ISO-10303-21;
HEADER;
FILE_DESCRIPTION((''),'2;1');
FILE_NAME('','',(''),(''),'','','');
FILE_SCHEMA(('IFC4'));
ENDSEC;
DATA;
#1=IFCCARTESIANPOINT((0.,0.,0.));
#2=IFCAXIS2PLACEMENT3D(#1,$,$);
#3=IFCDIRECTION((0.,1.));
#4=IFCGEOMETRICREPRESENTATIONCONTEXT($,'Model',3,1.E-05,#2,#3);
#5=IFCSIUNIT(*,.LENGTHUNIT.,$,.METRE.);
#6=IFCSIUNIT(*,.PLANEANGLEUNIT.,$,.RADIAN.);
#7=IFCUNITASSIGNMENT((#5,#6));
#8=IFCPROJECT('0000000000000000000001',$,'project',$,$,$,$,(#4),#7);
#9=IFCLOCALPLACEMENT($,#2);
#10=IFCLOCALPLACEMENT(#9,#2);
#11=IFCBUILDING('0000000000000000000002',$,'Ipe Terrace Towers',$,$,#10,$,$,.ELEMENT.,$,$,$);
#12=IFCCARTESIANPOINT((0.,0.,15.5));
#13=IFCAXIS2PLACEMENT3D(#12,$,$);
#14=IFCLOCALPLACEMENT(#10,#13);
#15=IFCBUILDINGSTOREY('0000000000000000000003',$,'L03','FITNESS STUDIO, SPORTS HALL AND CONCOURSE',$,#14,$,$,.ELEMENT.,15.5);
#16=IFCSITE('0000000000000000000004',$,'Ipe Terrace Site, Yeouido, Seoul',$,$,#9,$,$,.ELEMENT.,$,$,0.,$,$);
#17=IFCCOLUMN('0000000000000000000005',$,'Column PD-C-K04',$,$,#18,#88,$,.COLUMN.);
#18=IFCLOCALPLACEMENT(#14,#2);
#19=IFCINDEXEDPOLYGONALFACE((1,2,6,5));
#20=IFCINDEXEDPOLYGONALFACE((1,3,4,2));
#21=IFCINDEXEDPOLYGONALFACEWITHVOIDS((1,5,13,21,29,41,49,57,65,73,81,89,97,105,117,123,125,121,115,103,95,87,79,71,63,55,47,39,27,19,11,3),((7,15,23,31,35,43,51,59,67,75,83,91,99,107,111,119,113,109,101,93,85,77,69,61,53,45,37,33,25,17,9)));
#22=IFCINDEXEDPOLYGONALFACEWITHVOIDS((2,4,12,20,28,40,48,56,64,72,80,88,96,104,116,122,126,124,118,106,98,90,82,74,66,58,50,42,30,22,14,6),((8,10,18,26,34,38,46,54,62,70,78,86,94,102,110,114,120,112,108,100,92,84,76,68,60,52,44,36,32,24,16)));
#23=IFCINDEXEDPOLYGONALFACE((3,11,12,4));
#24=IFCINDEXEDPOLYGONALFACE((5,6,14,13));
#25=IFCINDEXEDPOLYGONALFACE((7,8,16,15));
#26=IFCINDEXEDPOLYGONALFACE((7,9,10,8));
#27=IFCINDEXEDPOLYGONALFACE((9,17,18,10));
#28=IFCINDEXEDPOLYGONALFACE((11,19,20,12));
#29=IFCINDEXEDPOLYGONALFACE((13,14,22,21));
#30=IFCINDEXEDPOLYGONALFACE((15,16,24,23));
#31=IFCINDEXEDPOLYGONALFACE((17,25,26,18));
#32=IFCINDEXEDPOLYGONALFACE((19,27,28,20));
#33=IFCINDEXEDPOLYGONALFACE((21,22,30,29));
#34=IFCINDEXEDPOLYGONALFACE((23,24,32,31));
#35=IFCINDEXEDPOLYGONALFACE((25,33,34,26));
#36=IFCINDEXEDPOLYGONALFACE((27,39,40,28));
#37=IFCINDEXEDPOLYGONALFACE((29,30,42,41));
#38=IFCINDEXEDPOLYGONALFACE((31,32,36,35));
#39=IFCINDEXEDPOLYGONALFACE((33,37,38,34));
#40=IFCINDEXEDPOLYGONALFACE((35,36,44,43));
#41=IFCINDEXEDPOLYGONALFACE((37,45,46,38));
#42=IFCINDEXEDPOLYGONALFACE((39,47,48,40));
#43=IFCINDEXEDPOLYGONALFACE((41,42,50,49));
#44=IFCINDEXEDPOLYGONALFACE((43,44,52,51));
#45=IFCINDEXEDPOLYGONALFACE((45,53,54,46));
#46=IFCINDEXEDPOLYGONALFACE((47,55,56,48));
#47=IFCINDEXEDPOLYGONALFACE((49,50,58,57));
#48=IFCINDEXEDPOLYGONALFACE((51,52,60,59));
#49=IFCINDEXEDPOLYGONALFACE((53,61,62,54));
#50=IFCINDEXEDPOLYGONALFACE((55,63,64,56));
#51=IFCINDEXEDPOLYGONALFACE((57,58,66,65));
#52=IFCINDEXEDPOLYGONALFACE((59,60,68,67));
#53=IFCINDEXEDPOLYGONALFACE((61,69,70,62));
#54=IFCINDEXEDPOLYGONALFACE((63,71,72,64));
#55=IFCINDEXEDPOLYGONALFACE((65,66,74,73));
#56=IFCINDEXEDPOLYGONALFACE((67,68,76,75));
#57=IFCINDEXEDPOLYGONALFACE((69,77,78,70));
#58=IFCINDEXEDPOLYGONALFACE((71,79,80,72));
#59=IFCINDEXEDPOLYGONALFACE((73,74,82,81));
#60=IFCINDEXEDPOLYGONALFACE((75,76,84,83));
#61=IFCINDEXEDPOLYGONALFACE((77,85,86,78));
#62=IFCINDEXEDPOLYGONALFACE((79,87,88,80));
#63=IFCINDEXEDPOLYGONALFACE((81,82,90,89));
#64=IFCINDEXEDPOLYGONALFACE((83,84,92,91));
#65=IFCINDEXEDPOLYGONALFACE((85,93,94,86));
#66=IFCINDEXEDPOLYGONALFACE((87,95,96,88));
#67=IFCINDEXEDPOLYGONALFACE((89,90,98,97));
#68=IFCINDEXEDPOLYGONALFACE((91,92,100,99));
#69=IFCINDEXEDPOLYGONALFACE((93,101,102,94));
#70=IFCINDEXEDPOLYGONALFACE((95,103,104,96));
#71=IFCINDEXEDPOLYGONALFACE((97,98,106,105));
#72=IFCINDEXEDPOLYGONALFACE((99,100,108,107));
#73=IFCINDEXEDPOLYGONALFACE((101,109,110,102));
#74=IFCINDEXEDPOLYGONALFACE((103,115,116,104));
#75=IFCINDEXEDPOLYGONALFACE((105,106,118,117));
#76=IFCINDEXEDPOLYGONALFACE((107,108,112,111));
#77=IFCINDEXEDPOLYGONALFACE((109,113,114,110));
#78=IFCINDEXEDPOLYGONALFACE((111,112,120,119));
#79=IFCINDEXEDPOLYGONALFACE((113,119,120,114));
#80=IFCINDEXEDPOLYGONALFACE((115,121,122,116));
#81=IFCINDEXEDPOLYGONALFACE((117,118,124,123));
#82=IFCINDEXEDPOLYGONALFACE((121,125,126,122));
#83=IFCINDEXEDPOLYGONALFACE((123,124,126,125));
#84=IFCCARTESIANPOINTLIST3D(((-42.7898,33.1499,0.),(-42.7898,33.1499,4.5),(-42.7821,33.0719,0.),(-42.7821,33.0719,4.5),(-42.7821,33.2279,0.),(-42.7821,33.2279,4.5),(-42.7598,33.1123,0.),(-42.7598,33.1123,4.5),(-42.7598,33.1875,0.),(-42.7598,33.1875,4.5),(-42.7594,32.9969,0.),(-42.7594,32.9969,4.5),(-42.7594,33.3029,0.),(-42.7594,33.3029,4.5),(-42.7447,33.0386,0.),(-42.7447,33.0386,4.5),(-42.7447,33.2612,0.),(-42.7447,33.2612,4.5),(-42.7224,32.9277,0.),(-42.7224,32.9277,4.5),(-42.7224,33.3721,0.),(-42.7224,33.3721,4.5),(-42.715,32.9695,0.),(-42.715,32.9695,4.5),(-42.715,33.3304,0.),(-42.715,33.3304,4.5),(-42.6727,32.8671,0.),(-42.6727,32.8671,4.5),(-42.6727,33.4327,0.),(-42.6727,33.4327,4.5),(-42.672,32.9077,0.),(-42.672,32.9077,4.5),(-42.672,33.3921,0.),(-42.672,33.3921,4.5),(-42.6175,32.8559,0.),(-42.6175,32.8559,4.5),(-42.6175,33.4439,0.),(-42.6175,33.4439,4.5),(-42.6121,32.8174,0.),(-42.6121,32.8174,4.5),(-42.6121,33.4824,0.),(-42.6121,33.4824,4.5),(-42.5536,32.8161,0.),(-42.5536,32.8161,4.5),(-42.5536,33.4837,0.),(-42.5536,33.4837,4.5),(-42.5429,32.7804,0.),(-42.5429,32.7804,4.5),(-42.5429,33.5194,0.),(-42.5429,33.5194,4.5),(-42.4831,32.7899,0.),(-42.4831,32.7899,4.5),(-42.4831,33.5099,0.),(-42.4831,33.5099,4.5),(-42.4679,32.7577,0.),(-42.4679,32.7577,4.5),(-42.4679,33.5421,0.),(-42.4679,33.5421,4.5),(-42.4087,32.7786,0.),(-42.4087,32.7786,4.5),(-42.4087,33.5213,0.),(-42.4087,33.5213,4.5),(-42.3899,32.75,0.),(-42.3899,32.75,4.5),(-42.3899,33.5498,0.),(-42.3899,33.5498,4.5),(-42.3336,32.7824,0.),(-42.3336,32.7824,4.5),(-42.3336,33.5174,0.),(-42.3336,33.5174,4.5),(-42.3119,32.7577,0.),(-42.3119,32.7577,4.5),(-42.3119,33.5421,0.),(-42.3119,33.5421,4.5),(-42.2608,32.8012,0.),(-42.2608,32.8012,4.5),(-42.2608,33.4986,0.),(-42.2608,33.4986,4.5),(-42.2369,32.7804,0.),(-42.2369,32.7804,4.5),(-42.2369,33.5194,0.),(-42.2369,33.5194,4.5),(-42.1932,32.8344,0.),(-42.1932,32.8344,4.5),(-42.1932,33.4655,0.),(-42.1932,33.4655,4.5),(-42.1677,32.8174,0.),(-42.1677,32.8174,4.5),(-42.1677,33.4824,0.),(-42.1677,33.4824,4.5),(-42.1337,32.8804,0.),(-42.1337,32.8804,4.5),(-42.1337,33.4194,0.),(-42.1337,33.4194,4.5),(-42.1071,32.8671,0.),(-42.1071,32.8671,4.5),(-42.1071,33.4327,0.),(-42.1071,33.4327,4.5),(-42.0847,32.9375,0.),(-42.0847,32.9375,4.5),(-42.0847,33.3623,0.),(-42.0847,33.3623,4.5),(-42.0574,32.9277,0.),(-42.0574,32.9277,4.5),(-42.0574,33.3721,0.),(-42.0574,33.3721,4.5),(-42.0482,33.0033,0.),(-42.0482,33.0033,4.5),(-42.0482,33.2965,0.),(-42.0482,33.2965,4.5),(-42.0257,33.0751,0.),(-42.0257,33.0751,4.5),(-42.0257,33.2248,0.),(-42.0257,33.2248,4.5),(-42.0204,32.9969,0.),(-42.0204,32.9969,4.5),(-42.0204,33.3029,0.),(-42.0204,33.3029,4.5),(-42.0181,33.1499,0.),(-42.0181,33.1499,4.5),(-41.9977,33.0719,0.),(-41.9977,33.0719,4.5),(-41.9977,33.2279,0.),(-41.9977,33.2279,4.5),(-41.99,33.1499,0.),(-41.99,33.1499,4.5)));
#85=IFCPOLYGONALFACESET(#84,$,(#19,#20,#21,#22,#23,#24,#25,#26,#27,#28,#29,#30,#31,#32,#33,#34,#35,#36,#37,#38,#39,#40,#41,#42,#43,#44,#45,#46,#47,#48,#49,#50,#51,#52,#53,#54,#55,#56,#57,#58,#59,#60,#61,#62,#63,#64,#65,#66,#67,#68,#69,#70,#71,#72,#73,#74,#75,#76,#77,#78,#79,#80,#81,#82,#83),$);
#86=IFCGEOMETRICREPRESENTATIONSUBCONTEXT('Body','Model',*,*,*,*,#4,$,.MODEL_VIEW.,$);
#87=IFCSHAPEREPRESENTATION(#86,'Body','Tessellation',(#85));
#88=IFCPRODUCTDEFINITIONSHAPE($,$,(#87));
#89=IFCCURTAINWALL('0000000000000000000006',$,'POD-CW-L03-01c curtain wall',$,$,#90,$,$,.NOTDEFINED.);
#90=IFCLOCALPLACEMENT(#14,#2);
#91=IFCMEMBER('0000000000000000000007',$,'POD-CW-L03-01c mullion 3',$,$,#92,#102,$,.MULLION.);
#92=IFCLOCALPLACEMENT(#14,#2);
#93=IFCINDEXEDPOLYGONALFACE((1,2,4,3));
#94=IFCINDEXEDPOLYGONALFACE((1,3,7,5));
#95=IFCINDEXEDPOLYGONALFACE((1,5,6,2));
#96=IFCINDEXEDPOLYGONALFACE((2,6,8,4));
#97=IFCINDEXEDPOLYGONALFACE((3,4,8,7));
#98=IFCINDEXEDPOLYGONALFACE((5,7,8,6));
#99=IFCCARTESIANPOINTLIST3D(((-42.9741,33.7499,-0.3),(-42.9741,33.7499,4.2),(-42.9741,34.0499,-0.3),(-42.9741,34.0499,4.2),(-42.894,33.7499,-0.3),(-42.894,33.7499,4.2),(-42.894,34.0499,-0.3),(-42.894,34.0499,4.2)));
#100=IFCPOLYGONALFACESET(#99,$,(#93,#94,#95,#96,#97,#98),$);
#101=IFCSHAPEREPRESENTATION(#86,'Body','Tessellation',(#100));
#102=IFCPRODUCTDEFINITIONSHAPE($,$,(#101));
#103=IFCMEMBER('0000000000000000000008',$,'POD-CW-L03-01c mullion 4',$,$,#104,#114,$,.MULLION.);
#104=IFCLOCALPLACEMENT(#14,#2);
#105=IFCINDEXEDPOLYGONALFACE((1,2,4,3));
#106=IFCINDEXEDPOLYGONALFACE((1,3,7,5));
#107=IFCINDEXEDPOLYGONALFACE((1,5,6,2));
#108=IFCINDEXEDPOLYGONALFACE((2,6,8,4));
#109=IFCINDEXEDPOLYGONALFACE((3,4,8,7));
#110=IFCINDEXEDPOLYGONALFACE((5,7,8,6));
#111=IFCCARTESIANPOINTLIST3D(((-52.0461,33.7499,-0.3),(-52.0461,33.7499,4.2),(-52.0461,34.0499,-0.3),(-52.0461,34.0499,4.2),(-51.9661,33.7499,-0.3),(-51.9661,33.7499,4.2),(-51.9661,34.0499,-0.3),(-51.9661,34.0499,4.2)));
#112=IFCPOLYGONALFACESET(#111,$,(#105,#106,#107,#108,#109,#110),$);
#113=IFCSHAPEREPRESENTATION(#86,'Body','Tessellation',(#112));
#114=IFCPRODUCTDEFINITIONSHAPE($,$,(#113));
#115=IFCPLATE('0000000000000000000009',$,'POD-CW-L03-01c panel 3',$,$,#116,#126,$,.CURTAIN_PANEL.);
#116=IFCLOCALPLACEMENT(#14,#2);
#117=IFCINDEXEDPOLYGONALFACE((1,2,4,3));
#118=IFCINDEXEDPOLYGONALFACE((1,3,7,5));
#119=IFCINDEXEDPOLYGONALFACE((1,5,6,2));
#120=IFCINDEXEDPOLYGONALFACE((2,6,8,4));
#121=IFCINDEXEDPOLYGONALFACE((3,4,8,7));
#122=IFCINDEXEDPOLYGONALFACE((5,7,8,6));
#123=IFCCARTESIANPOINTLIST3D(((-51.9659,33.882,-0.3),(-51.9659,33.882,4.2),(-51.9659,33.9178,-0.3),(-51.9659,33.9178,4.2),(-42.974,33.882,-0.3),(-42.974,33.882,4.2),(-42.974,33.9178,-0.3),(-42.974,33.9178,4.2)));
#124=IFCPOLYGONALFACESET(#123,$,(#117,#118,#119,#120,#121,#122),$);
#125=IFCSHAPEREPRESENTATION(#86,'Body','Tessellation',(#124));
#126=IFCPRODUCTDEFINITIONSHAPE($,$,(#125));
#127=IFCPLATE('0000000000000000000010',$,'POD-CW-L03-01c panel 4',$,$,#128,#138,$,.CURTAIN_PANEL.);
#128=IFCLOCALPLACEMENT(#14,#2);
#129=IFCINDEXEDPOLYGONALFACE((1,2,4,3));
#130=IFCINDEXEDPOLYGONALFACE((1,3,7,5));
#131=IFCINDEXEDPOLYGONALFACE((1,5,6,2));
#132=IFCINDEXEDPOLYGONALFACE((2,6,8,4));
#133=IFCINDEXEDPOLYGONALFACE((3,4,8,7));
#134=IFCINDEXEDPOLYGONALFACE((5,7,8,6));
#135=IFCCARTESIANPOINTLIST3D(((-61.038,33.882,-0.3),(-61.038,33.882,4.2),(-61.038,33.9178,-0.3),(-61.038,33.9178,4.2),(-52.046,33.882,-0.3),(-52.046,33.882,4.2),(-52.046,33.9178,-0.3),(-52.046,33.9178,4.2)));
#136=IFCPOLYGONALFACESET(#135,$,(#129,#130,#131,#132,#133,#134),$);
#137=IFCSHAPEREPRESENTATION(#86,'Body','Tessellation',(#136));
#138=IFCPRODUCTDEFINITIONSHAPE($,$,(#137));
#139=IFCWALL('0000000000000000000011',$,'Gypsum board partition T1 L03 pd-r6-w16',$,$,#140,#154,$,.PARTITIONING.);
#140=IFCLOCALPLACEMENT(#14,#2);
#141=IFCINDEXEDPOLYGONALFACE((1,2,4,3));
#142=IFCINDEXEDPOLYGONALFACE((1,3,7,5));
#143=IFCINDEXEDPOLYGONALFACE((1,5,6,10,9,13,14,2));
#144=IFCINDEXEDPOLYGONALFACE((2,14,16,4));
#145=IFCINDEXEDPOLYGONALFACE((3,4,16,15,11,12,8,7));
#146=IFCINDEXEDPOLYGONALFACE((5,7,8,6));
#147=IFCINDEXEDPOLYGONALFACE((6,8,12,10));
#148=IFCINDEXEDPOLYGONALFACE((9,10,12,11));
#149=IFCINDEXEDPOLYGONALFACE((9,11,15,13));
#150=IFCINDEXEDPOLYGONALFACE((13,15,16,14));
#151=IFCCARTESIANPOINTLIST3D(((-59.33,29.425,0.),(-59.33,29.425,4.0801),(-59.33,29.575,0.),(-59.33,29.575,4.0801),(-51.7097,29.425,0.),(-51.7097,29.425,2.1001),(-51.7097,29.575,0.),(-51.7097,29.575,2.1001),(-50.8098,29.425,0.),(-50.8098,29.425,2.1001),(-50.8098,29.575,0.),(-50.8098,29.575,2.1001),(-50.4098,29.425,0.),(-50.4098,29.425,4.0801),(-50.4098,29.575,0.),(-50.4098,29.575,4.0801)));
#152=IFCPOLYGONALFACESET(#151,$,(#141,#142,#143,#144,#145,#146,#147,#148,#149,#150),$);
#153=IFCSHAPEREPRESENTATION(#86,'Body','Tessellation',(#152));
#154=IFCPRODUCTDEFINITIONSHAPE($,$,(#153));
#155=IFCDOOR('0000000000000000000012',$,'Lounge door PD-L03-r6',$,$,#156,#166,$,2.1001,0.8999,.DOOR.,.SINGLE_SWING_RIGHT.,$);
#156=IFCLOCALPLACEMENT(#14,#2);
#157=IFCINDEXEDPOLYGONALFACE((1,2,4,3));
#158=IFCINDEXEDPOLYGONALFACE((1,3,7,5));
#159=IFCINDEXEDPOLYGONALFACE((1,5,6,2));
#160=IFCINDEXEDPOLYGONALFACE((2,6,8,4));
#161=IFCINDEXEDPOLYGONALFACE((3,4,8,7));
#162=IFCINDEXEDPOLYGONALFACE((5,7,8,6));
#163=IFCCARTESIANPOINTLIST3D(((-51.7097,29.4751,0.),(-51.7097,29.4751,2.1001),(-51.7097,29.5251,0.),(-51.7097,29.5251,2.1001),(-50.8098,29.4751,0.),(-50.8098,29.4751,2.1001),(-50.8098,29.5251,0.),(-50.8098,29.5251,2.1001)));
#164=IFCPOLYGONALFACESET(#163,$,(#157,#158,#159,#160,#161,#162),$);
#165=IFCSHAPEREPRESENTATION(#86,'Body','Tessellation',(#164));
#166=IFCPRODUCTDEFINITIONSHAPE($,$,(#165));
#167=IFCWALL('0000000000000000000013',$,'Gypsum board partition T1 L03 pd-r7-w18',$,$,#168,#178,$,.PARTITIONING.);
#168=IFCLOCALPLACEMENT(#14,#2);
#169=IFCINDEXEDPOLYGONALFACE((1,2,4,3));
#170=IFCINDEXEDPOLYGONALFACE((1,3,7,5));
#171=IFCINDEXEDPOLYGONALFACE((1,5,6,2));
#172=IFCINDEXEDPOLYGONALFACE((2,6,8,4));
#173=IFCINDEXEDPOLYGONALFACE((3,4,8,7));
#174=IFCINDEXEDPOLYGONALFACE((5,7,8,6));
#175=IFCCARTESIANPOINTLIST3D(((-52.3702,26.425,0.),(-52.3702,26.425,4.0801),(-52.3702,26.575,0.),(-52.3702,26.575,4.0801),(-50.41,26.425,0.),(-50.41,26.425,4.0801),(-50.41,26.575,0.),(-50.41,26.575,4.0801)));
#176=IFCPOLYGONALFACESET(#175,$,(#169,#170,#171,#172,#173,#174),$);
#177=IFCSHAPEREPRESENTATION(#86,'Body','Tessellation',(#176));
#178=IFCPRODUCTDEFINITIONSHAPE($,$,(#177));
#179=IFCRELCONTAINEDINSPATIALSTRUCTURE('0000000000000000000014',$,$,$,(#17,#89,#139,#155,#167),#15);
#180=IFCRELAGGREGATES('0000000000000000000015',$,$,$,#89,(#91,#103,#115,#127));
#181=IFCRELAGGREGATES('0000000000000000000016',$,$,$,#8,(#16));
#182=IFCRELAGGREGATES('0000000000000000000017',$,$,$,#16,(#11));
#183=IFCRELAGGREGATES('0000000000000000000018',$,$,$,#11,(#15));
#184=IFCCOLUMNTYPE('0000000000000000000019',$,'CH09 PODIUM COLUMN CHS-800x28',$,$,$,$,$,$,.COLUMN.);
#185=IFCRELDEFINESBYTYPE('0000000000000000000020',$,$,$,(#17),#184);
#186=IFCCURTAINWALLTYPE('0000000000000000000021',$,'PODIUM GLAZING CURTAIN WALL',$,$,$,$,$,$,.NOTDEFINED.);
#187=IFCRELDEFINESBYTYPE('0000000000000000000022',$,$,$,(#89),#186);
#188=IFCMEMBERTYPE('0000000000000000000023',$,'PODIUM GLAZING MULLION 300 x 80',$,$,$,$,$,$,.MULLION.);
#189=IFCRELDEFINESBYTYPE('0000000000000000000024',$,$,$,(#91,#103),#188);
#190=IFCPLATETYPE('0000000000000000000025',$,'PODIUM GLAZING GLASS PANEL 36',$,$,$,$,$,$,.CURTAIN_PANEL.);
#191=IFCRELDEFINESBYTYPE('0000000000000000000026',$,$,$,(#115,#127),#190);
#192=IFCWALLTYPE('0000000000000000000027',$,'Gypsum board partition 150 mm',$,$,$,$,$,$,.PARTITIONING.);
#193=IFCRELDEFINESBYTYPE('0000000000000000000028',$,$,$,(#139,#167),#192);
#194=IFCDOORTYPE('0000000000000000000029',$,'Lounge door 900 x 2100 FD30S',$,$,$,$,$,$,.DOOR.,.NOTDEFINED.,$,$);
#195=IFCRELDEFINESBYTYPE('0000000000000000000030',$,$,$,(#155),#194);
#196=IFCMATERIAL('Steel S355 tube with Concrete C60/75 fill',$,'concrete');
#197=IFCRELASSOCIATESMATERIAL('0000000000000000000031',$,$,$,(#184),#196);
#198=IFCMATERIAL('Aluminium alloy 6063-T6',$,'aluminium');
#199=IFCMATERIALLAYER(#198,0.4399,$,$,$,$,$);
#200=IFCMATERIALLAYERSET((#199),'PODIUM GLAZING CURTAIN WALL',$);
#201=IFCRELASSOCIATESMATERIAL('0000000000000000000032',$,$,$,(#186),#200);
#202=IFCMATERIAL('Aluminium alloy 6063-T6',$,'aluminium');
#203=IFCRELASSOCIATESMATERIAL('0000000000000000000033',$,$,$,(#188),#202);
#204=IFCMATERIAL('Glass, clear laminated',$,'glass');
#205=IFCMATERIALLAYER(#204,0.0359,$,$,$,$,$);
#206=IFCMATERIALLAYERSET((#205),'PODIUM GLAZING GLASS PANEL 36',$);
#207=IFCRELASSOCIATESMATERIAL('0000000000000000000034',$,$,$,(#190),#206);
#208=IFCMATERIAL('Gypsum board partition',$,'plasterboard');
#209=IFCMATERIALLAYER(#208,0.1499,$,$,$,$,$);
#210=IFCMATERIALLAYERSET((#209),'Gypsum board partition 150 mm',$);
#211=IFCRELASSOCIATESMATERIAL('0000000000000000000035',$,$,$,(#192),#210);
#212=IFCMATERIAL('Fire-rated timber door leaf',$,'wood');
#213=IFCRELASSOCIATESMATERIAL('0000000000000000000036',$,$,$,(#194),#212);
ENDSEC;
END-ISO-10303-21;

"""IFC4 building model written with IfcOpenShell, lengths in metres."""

from ifc_helpers import new_model, si_unit, direction, frame, frame_2d, origin, origin_2d, place, context, subcontext, project, spatial, rectangle, hollow_circle, extrude, material, layer, layer_set, material_profile, profile_set, type_object, element, fill, aggregate, save


model = new_model("IFC4")

# Units and contexts
model_context = context("Model", 3, precision=1e-05, world=origin(), true_north=direction((0.0, 1.0)))
body_context = subcontext(model_context, "Body", "Model", "MODEL_VIEW")
ifc_project = project(units=[si_unit("LENGTHUNIT", "METRE"), si_unit("PLANEANGLEUNIT", "RADIAN")], contexts=[model_context])

# Site, building, storey
site_placement = place(None, origin())
site = spatial("IfcSite", under=ifc_project, at=site_placement, Name="Ipe Terrace Site, Yeouido, Seoul", CompositionType="ELEMENT", RefElevation=0.0)
building_placement = place(site_placement, origin())
building = spatial("IfcBuilding", under=site, at=building_placement, Name="Ipe Terrace Towers", CompositionType="ELEMENT")
storey_placement = place(building_placement, frame((0.0, 0.0, 15.5)))
storey = spatial("IfcBuildingStorey", under=building, at=storey_placement, Name="L03", Description="FITNESS STUDIO, SPORTS HALL AND CONCOURSE", CompositionType="ELEMENT", Elevation=15.5)

# Column
ifc_material_1 = material(Name="Steel S355 tube with Concrete C60/75 fill", Category="concrete")
ifc_material_profile_1 = material_profile(ifc_material_1, hollow_circle(Radius=0.3999, WallThickness=0.0281, at=origin_2d()), Name="CHS-800x28")
ifc_profile_set_1 = profile_set([ifc_material_profile_1], Name="Steel S355 tube with Concrete C60/75 fill")
column_type = type_object("IfcColumnType", Name="CH09 PODIUM COLUMN CHS-800x28", PredefinedType="COLUMN", material=ifc_profile_set_1)
for number, where, z_axis, x_axis, name in (
    (1, (-42.3899, 33.1499, 0.0), (0.0, 0.0, 1.0), (1.0, 0.0, 0.0), "Column PD-C-K04"),
):
    element("IfcColumn", number, at=place(storey_placement, frame(where, z_axis=z_axis, x_axis=x_axis)), inside=storey, type_object=column_type, Name=name, PredefinedType="COLUMN", context=body_context, shape_type="SweptSolid", body=[
        extrude(hollow_circle(Radius=0.3999, WallThickness=0.0281, at=origin_2d()), origin(), (0.0, 0.0, 1.0), 4.5),
    ])

# Curtain wall, members, plates
ifc_material_2 = material(Name="Aluminium alloy 6063-T6", Category="aluminium")
ifc_layer_1 = layer(ifc_material_2, 0.4399)
ifc_layer_set_1 = layer_set([ifc_layer_1], Name="PODIUM GLAZING CURTAIN WALL")
curtain_wall_type = type_object("IfcCurtainWallType", Name="PODIUM GLAZING CURTAIN WALL", PredefinedType="NOTDEFINED", material=ifc_layer_set_1)
curtain_wall_placement = place(storey_placement, origin())
curtain_wall = element("IfcCurtainWall", 2, at=curtain_wall_placement, inside=storey, type_object=curtain_wall_type, Name="POD-CW-L03-01c curtain wall", PredefinedType="NOTDEFINED")
ifc_material_3 = material(Name="Aluminium alloy 6063-T6", Category="aluminium")
ifc_material_profile_2 = material_profile(ifc_material_3, rectangle(XDim=0.3, YDim=0.0801, at=origin_2d()), Name="PODIUM GLAZING MULLION 300 x 80")
ifc_profile_set_2 = profile_set([ifc_material_profile_2], Name="Aluminium alloy 6063-T6")
member_type = type_object("IfcMemberType", Name="PODIUM GLAZING MULLION 300 x 80", PredefinedType="MULLION", material=ifc_profile_set_2)
member_1_placement = place(storey_placement, frame((-42.9341, 33.8999, -0.3), z_axis=(0.0, 0.0, 1.0), x_axis=(0.0, 1.0, 0.0)))
member_1 = element("IfcMember", 3, at=member_1_placement, type_object=member_type, Name="POD-CW-L03-01c mullion 3", PredefinedType="MULLION", context=body_context, shape_type="SweptSolid", body=[
    extrude(rectangle(XDim=0.3, YDim=0.0801, at=origin_2d()), origin(), (0.0, 0.0, 1.0), 4.5),
])
member_2_placement = place(storey_placement, frame((-52.0061, 33.8999, -0.3), z_axis=(0.0, 0.0, 1.0), x_axis=(0.0, 1.0, 0.0)))
member_2 = element("IfcMember", 4, at=member_2_placement, type_object=member_type, Name="POD-CW-L03-01c mullion 4", PredefinedType="MULLION", context=body_context, shape_type="SweptSolid", body=[
    extrude(rectangle(XDim=0.3, YDim=0.0801, at=origin_2d()), origin(), (0.0, 0.0, 1.0), 4.5),
])
ifc_material_4 = material(Name="Glass, clear laminated", Category="glass")
ifc_layer_2 = layer(ifc_material_4, 0.0359)
ifc_layer_set_2 = layer_set([ifc_layer_2], Name="PODIUM GLAZING GLASS PANEL 36")
plate_type = type_object("IfcPlateType", Name="PODIUM GLAZING GLASS PANEL 36", PredefinedType="CURTAIN_PANEL", material=ifc_layer_set_2)
plate_1_placement = place(storey_placement, frame((-47.47, 33.8999, -0.3), z_axis=(0.0, 0.0, 1.0), x_axis=(-1.0, 0.0, 0.0)))
plate_1 = element("IfcPlate", 5, at=plate_1_placement, type_object=plate_type, Name="POD-CW-L03-01c panel 3", PredefinedType="CURTAIN_PANEL", context=body_context, shape_type="SweptSolid", body=[
    extrude(rectangle(XDim=8.9919, YDim=0.0359, at=origin_2d()), origin(), (0.0, 0.0, 1.0), 4.5),
])
plate_2_placement = place(storey_placement, frame((-56.542, 33.8999, -0.3), z_axis=(0.0, 0.0, 1.0), x_axis=(-1.0, 0.0, 0.0)))
plate_2 = element("IfcPlate", 6, at=plate_2_placement, type_object=plate_type, Name="POD-CW-L03-01c panel 4", PredefinedType="CURTAIN_PANEL", context=body_context, shape_type="SweptSolid", body=[
    extrude(rectangle(XDim=8.9919, YDim=0.0359, at=origin_2d()), origin(), (0.0, 0.0, 1.0), 4.5),
])
aggregate(curtain_wall, [member_1, member_2, plate_1, plate_2])

# Wall, opening, door
ifc_material_5 = material(Name="Gypsum board partition", Category="plasterboard")
ifc_layer_3 = layer(ifc_material_5, 0.1499)
ifc_layer_set_3 = layer_set([ifc_layer_3], Name="Gypsum board partition 150 mm")
wall_type_1 = type_object("IfcWallType", Name="Gypsum board partition 150 mm", PredefinedType="PARTITIONING", material=ifc_layer_set_3)
wall_1_placement = place(storey_placement, frame((-50.4099, 29.5, 0.0), z_axis=(0.0, 0.0, 1.0), x_axis=(-1.0, 0.0, 0.0)))
wall_1 = element("IfcWall", 7, at=wall_1_placement, inside=storey, type_object=wall_type_1, Name="Gypsum board partition T1 L03 pd-r6-w16", PredefinedType="PARTITIONING", context=body_context, shape_type="SweptSolid", body=[
    extrude(rectangle(XDim=8.9202, YDim=0.1499, at=frame_2d((4.46, 0.0))), origin(), (0.0, 0.0, 1.0), 4.0801),
])
opening_1_placement = place(wall_1_placement, frame((0.3999, 0.0, 0.0)))
opening_1 = element("IfcOpeningElement", 8, at=opening_1_placement, cuts=wall_1, PredefinedType="OPENING", context=body_context, shape_type="SweptSolid", body=[
    extrude(rectangle(XDim=0.8999, YDim=2.1001, at=frame_2d((0.45, 1.05))), frame((0.0, 0.085, 0.0), z_axis=(0.0, -1.0, 0.0), x_axis=(1.0, 0.0, 0.0)), (0.0, 0.0, 1.0), 0.1699),
])
ifc_material_6 = material(Name="Fire-rated timber door leaf", Category="wood")
door_type_1 = type_object("IfcDoorType", Name="Lounge door 900 x 2100 FD30S", OperationType="NOTDEFINED", PredefinedType="DOOR", material=ifc_material_6)
door_1_placement = place(opening_1_placement, origin())
door_1 = element("IfcDoor", 9, at=door_1_placement, inside=storey, type_object=door_type_1, Name="Lounge door PD-L03-r6", OperationType="SINGLE_SWING_RIGHT", OverallHeight=2.1001, OverallWidth=0.8999, PredefinedType="DOOR", context=body_context, shape_type="SweptSolid", body=[
    extrude(rectangle(XDim=0.8999, YDim=2.1001, at=frame_2d((0.45, 1.05))), frame((0.0, 0.0249, 0.0), z_axis=(0.0, -1.0, 0.0), x_axis=(1.0, 0.0, 0.0)), (0.0, 0.0, 1.0), 0.05),
])
fill(opening_1, door_1)

# Wall
wall_2_placement = place(storey_placement, frame((-52.3701, 26.5, 0.0), z_axis=(0.0, 0.0, 1.0), x_axis=(1.0, 0.0, 0.0)))
element("IfcWall", 10, at=wall_2_placement, inside=storey, type_object=wall_type_1, Name="Gypsum board partition T1 L03 pd-r7-w18", PredefinedType="PARTITIONING", context=body_context, shape_type="SweptSolid", body=[
    extrude(rectangle(XDim=1.9602, YDim=0.1499, at=frame_2d((0.98, 0.0))), origin(), (0.0, 0.0, 1.0), 4.0801),
])

save(model, "model.ifc")
